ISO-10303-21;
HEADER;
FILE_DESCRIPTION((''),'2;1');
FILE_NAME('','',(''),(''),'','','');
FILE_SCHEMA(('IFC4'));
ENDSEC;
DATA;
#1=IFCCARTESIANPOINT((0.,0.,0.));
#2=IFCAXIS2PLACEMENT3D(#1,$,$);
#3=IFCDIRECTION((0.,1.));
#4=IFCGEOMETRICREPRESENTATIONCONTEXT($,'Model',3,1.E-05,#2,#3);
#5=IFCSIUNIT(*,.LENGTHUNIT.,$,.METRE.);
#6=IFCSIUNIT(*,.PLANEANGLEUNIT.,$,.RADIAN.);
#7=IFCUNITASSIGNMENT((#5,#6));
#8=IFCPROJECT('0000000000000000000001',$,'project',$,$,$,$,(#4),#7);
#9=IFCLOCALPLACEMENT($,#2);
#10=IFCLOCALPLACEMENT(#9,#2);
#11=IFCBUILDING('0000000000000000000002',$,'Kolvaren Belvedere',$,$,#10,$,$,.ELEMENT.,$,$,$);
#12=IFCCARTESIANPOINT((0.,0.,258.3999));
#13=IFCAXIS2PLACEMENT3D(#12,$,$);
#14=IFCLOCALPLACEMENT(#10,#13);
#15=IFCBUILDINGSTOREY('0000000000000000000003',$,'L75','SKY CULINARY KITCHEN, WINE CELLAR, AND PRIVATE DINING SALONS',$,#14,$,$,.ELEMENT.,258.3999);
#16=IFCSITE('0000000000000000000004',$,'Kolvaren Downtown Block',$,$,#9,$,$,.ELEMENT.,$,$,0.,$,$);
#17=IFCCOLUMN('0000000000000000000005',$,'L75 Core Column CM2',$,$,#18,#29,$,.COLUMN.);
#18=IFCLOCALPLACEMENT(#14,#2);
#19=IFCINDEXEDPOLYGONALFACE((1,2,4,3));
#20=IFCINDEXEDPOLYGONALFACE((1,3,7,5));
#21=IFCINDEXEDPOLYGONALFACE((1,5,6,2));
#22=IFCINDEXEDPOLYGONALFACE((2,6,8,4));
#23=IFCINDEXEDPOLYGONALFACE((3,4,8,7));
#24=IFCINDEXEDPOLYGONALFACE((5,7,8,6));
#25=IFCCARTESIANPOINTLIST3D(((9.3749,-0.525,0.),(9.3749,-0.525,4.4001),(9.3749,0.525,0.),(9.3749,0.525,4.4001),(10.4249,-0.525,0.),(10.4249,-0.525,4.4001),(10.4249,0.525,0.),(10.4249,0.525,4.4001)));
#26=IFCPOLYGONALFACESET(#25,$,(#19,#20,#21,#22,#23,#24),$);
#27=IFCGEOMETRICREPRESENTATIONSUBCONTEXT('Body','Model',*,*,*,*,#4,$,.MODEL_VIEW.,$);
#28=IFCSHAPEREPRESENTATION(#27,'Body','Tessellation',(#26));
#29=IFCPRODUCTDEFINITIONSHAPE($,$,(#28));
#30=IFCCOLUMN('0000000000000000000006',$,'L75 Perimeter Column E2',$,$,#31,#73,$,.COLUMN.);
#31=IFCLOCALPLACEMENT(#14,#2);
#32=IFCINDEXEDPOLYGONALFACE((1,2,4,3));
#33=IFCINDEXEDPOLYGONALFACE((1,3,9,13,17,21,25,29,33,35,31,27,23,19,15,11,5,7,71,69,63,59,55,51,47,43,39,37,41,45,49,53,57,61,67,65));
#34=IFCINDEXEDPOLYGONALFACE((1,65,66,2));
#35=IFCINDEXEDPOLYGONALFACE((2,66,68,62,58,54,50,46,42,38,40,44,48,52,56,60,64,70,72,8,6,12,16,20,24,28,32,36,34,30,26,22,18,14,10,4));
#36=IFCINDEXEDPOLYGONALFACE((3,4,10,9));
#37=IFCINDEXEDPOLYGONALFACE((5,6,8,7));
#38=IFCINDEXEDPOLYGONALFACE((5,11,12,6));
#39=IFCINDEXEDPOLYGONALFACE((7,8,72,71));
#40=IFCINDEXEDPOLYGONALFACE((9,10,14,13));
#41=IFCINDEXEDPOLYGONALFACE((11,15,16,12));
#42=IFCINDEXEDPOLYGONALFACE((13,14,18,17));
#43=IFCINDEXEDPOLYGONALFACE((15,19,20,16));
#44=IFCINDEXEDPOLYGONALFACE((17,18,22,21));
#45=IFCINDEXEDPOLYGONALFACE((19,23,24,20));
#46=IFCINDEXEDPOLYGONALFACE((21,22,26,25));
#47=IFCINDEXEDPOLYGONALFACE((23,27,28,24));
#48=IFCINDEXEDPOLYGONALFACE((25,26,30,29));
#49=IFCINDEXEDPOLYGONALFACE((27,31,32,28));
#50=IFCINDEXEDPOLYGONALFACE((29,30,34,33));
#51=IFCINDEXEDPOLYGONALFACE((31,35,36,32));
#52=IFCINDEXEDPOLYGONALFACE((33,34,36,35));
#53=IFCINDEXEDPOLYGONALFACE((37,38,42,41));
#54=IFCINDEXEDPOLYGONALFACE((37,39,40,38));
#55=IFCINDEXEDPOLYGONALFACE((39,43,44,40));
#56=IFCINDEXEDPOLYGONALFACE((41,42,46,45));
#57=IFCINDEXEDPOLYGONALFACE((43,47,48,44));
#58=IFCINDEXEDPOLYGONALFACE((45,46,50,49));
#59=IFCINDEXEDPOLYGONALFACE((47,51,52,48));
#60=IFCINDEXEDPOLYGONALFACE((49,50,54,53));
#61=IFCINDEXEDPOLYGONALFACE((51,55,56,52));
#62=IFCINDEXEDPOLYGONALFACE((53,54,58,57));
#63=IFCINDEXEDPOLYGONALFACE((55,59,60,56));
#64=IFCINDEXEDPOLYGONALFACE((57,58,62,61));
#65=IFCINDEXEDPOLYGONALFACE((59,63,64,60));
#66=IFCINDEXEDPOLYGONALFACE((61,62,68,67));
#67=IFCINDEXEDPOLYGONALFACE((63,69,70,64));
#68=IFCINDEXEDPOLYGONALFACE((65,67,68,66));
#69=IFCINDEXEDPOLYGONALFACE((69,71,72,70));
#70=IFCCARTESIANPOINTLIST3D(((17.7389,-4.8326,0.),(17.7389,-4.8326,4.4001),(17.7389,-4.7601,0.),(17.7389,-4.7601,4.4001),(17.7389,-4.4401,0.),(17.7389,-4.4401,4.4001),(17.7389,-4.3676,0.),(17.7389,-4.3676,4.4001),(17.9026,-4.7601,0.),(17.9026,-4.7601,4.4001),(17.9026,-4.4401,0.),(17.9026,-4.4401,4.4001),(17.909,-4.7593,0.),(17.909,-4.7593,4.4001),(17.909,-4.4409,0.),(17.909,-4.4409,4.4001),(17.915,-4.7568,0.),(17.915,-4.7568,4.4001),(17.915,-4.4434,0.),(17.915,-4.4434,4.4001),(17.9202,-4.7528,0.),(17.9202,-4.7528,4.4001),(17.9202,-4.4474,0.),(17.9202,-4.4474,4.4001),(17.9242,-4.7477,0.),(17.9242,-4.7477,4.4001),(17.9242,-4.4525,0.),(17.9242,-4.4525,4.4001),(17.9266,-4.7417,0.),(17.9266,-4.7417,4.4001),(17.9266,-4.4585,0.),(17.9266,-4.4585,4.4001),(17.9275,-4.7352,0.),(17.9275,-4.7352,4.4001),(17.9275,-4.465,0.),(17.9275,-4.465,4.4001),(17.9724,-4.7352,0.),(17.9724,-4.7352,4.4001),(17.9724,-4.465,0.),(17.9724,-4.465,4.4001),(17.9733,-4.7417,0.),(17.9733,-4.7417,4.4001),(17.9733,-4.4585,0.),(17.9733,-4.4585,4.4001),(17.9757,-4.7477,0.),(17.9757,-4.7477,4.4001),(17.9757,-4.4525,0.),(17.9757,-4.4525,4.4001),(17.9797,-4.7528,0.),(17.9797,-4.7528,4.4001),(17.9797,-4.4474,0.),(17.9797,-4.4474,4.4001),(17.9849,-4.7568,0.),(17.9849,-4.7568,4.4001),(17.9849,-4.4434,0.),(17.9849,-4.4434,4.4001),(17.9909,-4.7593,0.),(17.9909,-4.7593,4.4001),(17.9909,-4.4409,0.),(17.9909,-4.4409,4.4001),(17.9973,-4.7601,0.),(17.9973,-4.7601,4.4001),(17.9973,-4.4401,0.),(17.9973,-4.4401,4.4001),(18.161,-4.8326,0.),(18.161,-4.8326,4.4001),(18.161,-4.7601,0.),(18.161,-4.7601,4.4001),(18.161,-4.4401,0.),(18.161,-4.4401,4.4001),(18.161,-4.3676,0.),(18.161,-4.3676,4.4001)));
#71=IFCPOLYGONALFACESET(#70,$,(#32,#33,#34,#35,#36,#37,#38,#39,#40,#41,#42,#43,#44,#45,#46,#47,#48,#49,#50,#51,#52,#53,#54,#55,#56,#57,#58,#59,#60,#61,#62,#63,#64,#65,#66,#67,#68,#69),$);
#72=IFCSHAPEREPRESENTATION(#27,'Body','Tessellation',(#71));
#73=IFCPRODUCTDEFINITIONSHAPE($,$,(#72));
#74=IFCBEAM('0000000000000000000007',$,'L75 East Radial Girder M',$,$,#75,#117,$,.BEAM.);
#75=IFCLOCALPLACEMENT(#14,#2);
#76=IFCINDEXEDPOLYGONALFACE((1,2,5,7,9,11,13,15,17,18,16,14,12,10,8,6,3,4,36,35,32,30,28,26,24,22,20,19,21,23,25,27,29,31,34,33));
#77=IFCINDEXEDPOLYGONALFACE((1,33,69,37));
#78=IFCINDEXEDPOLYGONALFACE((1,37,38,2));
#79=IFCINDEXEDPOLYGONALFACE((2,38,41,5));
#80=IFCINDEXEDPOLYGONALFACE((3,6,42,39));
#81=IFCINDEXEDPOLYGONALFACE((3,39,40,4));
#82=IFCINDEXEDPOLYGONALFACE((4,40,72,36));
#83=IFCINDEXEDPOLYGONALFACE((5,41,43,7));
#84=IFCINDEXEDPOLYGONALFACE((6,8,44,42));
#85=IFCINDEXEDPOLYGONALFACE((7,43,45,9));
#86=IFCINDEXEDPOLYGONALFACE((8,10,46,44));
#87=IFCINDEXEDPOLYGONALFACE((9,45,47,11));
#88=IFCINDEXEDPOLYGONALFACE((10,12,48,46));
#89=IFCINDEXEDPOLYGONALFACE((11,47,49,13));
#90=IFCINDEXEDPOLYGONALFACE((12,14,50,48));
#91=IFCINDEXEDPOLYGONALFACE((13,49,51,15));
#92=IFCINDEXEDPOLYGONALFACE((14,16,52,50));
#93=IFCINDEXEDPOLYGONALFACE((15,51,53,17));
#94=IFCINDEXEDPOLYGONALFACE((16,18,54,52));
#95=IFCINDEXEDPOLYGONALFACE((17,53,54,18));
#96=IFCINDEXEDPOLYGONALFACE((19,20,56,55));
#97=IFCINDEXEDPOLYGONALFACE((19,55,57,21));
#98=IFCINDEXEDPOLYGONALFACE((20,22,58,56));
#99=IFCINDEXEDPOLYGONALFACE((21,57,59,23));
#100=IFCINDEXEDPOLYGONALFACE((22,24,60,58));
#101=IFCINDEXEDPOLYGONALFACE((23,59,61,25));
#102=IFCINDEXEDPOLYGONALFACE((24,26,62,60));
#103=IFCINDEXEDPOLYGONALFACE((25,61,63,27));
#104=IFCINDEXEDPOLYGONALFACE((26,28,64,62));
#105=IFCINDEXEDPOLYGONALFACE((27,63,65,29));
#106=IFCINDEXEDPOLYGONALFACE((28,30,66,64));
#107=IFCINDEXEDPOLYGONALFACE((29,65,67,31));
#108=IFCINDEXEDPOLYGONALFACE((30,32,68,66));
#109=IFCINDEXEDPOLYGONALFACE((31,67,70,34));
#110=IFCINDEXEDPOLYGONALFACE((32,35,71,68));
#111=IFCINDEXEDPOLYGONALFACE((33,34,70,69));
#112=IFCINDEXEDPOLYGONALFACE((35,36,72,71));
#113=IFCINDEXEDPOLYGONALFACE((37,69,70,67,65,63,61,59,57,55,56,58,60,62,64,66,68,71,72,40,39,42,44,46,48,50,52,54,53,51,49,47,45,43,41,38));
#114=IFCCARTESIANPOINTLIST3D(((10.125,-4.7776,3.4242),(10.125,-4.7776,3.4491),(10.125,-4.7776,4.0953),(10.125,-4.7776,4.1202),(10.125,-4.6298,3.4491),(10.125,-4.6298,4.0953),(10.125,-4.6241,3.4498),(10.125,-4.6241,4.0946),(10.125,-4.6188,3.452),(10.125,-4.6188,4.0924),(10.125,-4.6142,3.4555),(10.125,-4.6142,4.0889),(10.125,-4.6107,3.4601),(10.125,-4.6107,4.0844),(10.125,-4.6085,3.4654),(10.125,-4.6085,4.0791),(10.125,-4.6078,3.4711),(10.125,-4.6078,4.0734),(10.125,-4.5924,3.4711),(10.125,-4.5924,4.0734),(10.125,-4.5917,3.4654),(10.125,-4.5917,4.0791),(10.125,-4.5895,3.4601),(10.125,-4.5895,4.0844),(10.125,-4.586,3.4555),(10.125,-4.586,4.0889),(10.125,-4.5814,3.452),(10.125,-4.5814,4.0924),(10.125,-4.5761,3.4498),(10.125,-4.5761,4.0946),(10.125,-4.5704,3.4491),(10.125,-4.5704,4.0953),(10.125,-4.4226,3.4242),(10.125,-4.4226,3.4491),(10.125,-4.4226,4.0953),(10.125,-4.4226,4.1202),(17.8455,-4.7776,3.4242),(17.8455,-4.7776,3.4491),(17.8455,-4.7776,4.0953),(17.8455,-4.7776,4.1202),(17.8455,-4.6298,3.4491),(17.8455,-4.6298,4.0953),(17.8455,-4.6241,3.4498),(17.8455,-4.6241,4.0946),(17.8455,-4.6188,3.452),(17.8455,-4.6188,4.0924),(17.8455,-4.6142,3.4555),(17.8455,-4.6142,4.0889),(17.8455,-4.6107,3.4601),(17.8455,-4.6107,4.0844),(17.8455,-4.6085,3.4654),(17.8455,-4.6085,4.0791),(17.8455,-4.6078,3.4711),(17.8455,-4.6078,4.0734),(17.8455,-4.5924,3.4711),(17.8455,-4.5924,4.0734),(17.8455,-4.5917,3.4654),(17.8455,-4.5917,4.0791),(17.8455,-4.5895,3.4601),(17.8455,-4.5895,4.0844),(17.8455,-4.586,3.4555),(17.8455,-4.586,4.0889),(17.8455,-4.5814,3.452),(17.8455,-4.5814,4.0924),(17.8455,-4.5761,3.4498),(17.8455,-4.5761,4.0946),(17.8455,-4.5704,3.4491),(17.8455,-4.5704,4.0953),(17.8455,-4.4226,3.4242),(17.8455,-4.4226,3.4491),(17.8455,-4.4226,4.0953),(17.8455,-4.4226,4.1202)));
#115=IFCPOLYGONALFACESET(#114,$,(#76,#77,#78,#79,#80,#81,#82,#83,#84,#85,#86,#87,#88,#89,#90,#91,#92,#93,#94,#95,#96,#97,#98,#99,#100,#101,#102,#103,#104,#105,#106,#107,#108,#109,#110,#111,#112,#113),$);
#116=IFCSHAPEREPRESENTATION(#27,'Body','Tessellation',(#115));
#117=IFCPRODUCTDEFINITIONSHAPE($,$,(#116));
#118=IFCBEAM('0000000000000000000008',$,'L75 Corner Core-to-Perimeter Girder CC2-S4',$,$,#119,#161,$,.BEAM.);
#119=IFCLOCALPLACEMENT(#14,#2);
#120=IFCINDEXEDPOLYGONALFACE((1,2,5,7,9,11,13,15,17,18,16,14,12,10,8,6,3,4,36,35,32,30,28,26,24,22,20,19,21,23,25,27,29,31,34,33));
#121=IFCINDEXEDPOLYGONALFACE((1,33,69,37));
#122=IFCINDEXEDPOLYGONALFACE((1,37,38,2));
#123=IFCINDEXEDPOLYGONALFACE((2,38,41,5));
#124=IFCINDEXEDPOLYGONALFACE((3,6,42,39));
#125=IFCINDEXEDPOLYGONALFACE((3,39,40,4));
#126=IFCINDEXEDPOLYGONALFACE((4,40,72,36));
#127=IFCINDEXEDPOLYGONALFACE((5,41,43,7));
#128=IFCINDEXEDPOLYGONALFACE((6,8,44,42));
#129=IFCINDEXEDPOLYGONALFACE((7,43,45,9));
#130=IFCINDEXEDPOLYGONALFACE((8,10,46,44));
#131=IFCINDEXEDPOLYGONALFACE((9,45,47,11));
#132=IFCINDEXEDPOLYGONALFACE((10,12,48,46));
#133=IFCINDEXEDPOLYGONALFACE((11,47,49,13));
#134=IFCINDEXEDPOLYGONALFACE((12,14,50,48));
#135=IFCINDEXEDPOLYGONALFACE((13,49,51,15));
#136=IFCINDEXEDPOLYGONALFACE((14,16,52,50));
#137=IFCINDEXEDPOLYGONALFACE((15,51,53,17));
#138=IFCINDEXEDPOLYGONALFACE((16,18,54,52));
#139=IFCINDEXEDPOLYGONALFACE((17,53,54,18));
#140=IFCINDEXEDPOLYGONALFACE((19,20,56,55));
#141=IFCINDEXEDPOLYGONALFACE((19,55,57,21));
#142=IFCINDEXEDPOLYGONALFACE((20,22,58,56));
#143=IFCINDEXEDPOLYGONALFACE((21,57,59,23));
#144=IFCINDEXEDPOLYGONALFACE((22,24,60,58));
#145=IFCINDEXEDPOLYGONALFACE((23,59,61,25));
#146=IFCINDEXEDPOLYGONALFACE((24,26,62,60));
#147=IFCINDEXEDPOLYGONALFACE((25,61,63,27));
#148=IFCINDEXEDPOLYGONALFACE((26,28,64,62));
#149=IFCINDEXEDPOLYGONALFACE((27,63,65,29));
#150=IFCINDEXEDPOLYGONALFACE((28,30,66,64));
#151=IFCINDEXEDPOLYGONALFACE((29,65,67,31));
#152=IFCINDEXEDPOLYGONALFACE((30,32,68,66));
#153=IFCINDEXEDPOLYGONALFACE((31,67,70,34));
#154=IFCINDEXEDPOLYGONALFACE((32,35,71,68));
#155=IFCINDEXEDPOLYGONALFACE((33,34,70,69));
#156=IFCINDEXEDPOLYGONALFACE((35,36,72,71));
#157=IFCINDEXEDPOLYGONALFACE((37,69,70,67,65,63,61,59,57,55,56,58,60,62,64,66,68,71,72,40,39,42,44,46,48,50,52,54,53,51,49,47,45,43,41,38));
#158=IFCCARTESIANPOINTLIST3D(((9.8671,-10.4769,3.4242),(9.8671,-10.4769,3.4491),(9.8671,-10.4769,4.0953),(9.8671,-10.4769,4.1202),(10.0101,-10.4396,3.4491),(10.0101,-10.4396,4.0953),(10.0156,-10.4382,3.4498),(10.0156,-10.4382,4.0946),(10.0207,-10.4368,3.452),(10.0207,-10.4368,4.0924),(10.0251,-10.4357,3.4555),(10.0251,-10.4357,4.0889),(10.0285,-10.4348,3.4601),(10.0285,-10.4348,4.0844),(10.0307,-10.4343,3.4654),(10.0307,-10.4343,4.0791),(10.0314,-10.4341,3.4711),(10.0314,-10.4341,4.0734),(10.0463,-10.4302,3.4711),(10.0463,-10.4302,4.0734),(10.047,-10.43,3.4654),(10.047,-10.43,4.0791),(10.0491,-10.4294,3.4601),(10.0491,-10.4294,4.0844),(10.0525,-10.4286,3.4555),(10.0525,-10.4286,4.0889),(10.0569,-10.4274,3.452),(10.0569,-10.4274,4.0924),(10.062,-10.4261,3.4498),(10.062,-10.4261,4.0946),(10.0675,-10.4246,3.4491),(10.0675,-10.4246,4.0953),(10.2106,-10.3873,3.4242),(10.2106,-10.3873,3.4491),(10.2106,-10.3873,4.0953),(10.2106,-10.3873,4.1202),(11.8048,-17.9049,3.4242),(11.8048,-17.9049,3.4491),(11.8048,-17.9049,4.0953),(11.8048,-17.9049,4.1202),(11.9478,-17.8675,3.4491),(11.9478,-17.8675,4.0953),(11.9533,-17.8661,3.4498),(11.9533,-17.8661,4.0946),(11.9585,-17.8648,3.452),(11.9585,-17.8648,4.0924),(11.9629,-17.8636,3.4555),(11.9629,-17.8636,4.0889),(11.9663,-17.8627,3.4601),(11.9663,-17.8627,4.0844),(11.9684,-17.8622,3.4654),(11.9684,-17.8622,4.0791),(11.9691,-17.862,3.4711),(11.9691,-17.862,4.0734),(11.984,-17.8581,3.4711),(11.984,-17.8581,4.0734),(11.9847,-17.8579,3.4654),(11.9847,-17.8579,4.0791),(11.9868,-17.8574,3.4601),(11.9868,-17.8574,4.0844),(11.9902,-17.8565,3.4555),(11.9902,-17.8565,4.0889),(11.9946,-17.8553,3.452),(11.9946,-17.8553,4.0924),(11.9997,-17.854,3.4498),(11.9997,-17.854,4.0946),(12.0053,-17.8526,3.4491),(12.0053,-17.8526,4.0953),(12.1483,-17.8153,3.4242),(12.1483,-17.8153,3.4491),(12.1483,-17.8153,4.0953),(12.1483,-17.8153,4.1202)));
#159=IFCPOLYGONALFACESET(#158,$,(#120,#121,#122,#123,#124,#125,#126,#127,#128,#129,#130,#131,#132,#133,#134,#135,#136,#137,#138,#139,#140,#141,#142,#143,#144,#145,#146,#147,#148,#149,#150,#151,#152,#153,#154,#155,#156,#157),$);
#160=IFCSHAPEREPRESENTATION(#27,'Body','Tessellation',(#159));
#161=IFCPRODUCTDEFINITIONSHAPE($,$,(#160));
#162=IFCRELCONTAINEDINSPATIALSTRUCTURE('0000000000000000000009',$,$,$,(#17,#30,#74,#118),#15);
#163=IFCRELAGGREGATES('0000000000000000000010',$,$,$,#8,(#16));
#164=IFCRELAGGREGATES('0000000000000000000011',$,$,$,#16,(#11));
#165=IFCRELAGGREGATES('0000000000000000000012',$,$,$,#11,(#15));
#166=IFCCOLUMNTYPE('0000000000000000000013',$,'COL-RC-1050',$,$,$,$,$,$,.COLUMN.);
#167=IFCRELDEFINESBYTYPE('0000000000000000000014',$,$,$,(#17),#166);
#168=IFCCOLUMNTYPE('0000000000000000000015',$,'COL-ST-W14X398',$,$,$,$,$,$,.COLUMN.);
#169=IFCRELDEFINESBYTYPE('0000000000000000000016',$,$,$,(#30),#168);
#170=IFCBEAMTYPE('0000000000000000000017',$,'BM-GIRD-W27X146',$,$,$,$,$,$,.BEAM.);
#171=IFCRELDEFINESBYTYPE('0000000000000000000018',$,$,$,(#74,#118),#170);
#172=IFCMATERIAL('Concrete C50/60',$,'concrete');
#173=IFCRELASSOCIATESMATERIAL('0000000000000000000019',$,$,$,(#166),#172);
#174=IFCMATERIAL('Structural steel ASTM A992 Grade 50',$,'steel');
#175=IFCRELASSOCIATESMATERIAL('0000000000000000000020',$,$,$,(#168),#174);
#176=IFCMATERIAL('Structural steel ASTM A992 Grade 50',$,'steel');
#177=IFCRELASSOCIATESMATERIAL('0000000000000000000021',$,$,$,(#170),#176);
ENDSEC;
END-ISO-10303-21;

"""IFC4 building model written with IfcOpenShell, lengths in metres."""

from ifc_helpers import new_model, si_unit, direction, frame, origin, origin_2d, place, context, subcontext, project, spatial, rectangle, i_section, extrude, material, material_profile, profile_set, type_object, element, save


model = new_model("IFC4")

# Units and contexts
model_context = context("Model", 3, precision=1e-05, world=origin(), true_north=direction((0.0, 1.0)))
body_context = subcontext(model_context, "Body", "Model", "MODEL_VIEW")
ifc_project = project(units=[si_unit("LENGTHUNIT", "METRE"), si_unit("PLANEANGLEUNIT", "RADIAN")], contexts=[model_context])

# Site, building, storey
site_placement = place(None, origin())
site = spatial("IfcSite", under=ifc_project, at=site_placement, Name="Kolvaren Downtown Block", CompositionType="ELEMENT", RefElevation=0.0)
building_placement = place(site_placement, origin())
building = spatial("IfcBuilding", under=site, at=building_placement, Name="Kolvaren Belvedere", CompositionType="ELEMENT")
storey_placement = place(building_placement, frame((0.0, 0.0, 258.3999)))
storey = spatial("IfcBuildingStorey", under=building, at=storey_placement, Name="L75", Description="SKY CULINARY KITCHEN, WINE CELLAR, AND PRIVATE DINING SALONS", CompositionType="ELEMENT", Elevation=258.3999)

# Columns
ifc_material_1 = material(Name="Concrete C50/60", Category="concrete")
ifc_material_profile_1 = material_profile(ifc_material_1, rectangle(XDim=1.05, YDim=1.05, at=origin_2d()), Name="RC 1050X1050")
ifc_profile_set_1 = profile_set([ifc_material_profile_1], Name="Concrete C50/60")
column_type_1 = type_object("IfcColumnType", Name="COL-RC-1050", PredefinedType="COLUMN", material=ifc_profile_set_1)
column_1_placement = place(storey_placement, frame((9.8999, 0.0, 0.0), z_axis=(0.0, 0.0, 1.0), x_axis=(1.0, 0.0, 0.0)))
element("IfcColumn", 1, at=column_1_placement, inside=storey, type_object=column_type_1, Name="L75 Core Column CM2", PredefinedType="COLUMN", context=body_context, shape_type="SweptSolid", body=[
    extrude(rectangle(XDim=1.05, YDim=1.05, at=origin_2d()), origin(), (0.0, 0.0, 1.0), 4.4001),
])
ifc_material_2 = material(Name="Structural steel ASTM A992 Grade 50", Category="steel")
ifc_material_profile_2 = material_profile(ifc_material_2, i_section(OverallWidth=0.4221, OverallDepth=0.4651, WebThickness=0.0449, FlangeThickness=0.0725, FilletRadius=0.0249, at=origin_2d()), Name="W14X398")
ifc_profile_set_2 = profile_set([ifc_material_profile_2], Name="Structural steel ASTM A992 Grade 50")
column_type_2 = type_object("IfcColumnType", Name="COL-ST-W14X398", PredefinedType="COLUMN", material=ifc_profile_set_2)
column_2_placement = place(storey_placement, frame((17.95, -4.6001, 0.0), z_axis=(0.0, 0.0, 1.0), x_axis=(1.0, 0.0, 0.0)))
element("IfcColumn", 2, at=column_2_placement, inside=storey, type_object=column_type_2, Name="L75 Perimeter Column E2", PredefinedType="COLUMN", context=body_context, shape_type="SweptSolid", body=[
    extrude(i_section(OverallWidth=0.4221, OverallDepth=0.4651, WebThickness=0.0449, FlangeThickness=0.0725, FilletRadius=0.0249, at=origin_2d()), origin(), (0.0, 0.0, 1.0), 4.4001),
])

# Beams
ifc_material_3 = material(Name="Structural steel ASTM A992 Grade 50", Category="steel")
ifc_material_profile_3 = material_profile(ifc_material_3, i_section(OverallWidth=0.355, OverallDepth=0.696, WebThickness=0.0154, FlangeThickness=0.0249, FilletRadius=0.022, at=origin_2d()), Name="W27X146")
ifc_profile_set_3 = profile_set([ifc_material_profile_3], Name="Structural steel ASTM A992 Grade 50")
beam_type_1 = type_object("IfcBeamType", Name="BM-GIRD-W27X146", PredefinedType="BEAM", material=ifc_profile_set_3)
beam_1_placement = place(storey_placement, frame((10.125, -4.6001, 3.7722), z_axis=(1.0, 0.0, 0.0), x_axis=(0.0, 1.0, 0.0)))
element("IfcBeam", 3, at=beam_1_placement, inside=storey, type_object=beam_type_1, Name="L75 East Radial Girder M", PredefinedType="BEAM", context=body_context, shape_type="SweptSolid", body=[
    extrude(i_section(OverallWidth=0.355, OverallDepth=0.696, WebThickness=0.0154, FlangeThickness=0.0249, FilletRadius=0.022, at=origin_2d()), origin(), (0.0, 0.0, 1.0), 7.7205),
])
for number, where, z_axis, x_axis, name in (
    (4, (10.0388, -10.4321, 3.7722), (0.252423, -0.967617, 0.0), (0.967617, 0.252423, 0.0), "L75 Corner Core-to-Perimeter Girder CC2-S4"),
):
    element("IfcBeam", number, at=place(storey_placement, frame(where, z_axis=z_axis, x_axis=x_axis)), inside=storey, type_object=beam_type_1, Name=name, PredefinedType="BEAM", context=body_context, shape_type="SweptSolid", body=[
        extrude(i_section(OverallWidth=0.355, OverallDepth=0.696, WebThickness=0.0154, FlangeThickness=0.0249, FilletRadius=0.022, at=origin_2d()), origin(), (0.0, 0.0, 1.0), 7.6765),
    ])

save(model, "model.ifc")
